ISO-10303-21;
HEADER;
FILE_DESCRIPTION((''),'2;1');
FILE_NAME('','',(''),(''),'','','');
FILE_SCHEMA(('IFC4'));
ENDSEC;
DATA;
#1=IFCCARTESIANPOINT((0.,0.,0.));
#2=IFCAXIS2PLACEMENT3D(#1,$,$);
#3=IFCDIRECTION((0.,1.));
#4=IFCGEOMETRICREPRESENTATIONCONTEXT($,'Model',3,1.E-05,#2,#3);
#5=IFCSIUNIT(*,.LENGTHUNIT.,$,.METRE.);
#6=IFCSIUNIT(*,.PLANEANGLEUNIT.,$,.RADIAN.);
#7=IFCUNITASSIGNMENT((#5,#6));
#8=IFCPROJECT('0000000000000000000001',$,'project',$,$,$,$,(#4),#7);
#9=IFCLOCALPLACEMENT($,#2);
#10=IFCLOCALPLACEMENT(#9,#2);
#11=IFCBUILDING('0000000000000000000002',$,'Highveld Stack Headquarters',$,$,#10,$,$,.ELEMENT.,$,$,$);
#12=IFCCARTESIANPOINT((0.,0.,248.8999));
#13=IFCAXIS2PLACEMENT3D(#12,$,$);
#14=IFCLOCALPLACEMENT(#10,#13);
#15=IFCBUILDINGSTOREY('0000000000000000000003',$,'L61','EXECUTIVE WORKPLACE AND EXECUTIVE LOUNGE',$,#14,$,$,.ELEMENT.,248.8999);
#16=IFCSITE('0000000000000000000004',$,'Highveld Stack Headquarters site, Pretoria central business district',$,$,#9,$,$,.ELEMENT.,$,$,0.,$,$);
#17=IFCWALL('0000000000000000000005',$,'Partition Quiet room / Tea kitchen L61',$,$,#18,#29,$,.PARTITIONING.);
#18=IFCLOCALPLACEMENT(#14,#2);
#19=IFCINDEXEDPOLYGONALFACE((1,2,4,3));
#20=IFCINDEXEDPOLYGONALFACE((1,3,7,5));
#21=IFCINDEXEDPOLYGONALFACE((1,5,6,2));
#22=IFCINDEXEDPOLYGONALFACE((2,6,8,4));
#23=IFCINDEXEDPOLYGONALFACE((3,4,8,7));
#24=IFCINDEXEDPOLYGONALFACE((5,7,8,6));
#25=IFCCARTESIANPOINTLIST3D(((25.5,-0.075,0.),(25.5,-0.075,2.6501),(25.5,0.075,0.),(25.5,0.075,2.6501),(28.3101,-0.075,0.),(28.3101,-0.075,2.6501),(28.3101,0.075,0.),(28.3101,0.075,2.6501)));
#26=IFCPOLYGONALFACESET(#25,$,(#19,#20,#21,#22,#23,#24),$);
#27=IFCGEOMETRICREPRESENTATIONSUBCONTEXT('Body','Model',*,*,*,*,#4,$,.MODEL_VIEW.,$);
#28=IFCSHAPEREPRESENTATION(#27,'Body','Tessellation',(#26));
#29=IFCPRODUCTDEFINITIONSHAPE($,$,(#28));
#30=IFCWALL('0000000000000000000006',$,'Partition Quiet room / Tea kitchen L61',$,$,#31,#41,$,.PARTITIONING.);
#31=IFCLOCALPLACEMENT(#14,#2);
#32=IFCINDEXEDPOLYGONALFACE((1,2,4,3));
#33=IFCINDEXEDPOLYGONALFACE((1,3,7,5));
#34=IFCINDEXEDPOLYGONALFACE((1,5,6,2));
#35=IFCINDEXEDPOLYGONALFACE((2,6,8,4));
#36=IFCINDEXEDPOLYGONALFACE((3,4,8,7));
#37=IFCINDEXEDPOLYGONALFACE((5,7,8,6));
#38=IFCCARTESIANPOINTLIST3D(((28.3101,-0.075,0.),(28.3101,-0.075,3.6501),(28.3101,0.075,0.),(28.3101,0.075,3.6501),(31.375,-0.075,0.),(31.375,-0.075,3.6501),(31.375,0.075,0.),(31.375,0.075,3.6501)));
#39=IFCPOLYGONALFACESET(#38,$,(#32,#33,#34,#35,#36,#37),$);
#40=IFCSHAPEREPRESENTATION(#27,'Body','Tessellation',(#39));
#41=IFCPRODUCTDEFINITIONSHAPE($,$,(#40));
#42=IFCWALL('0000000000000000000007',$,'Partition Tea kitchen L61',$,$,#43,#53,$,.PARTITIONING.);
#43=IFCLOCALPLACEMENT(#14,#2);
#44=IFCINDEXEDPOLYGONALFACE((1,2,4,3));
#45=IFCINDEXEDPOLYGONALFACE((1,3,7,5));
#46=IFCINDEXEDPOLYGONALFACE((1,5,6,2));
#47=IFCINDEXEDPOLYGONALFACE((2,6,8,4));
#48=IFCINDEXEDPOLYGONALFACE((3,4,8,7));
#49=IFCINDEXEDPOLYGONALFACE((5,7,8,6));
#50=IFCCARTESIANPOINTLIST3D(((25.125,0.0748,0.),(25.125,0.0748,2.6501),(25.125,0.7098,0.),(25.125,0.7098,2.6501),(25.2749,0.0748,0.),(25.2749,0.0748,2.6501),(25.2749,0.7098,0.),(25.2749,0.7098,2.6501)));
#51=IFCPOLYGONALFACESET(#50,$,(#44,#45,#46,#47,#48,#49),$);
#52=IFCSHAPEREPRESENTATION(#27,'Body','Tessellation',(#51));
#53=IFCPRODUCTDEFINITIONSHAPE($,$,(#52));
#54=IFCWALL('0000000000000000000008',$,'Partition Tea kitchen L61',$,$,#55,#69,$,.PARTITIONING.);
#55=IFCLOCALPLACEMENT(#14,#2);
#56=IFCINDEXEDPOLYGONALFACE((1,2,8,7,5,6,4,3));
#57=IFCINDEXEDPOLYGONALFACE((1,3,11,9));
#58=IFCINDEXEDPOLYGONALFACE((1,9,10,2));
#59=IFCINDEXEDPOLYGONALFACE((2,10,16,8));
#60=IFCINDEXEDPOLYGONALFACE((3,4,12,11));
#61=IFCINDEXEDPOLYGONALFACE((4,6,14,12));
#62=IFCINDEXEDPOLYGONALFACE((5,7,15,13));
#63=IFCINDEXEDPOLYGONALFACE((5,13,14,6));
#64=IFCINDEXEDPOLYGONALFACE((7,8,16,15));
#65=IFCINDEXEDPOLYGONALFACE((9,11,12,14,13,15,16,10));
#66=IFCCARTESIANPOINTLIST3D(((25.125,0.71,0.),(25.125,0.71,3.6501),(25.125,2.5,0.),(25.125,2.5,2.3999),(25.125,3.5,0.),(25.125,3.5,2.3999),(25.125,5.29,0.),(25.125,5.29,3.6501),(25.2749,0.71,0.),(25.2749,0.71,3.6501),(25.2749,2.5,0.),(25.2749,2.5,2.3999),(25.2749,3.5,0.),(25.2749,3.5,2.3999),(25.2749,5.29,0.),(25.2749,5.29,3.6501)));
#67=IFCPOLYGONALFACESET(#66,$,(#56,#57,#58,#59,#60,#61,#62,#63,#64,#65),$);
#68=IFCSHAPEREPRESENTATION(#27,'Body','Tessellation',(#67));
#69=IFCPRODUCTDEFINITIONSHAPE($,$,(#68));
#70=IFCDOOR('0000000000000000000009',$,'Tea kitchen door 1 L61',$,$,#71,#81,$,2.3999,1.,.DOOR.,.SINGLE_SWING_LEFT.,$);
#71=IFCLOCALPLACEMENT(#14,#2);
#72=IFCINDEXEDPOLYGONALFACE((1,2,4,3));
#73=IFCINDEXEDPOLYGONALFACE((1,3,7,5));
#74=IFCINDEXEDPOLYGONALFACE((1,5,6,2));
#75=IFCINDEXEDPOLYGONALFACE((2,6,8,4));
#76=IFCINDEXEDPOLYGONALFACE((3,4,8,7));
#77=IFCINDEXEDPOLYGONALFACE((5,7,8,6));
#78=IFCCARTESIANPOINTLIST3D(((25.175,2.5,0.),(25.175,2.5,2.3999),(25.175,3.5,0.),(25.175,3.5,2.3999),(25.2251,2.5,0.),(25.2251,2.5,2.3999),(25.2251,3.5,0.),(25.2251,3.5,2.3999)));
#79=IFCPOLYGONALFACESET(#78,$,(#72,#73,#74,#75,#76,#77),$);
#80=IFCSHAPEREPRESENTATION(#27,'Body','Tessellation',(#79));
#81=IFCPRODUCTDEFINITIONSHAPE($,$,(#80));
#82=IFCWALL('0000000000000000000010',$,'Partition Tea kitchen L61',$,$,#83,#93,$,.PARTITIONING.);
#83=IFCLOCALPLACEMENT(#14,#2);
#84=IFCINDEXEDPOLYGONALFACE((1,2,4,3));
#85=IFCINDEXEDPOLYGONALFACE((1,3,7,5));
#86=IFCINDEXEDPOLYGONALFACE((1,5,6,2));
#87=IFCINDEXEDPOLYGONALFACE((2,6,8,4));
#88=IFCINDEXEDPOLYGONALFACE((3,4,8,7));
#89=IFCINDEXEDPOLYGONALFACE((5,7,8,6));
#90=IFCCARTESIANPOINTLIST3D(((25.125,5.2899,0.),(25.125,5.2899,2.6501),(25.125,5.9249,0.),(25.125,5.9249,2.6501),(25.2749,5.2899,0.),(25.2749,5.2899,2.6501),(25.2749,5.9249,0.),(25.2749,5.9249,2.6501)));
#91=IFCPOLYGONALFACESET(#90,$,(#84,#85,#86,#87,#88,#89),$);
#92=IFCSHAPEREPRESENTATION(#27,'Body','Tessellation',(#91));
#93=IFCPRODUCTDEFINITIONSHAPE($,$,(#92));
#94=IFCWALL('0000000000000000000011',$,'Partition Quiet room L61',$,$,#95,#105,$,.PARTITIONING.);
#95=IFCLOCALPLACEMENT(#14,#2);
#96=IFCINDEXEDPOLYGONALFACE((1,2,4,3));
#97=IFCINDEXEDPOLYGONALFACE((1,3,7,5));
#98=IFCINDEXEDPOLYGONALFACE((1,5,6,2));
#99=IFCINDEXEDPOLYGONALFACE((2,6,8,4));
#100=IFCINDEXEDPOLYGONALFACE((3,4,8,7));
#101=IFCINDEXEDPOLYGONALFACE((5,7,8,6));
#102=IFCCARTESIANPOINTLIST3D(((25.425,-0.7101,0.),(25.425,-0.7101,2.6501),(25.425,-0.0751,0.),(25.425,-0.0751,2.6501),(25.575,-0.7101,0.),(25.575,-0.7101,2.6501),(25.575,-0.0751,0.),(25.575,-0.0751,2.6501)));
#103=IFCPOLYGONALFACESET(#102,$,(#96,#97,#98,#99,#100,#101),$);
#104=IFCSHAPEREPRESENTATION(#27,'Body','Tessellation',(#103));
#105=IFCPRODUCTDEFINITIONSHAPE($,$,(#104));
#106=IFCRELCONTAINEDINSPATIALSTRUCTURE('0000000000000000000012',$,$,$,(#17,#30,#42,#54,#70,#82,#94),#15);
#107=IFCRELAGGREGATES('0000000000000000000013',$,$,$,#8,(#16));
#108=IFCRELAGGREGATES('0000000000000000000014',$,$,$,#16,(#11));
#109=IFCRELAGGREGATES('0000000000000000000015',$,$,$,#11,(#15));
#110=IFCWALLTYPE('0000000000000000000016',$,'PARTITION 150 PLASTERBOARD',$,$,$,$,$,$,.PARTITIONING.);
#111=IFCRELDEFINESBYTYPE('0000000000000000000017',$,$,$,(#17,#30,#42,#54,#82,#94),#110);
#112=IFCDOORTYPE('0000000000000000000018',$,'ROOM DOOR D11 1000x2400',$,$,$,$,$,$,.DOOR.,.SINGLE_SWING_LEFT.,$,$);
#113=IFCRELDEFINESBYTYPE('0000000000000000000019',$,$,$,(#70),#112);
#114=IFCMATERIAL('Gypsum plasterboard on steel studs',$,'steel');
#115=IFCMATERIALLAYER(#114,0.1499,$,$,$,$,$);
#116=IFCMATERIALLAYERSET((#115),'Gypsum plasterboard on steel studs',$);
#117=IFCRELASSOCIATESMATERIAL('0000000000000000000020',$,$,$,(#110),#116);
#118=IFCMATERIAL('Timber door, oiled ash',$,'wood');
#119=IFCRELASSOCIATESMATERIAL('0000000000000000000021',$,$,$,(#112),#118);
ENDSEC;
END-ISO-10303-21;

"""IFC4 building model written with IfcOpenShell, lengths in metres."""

from ifc_helpers import new_model, si_unit, direction, frame, frame_2d, origin, place, context, subcontext, project, spatial, rectangle, extrude, material, layer, layer_set, type_object, element, fill, save


model = new_model("IFC4")

# Units and contexts
model_context = context("Model", 3, precision=1e-05, world=origin(), true_north=direction((0.0, 1.0)))
body_context = subcontext(model_context, "Body", "Model", "MODEL_VIEW")
ifc_project = project(units=[si_unit("LENGTHUNIT", "METRE"), si_unit("PLANEANGLEUNIT", "RADIAN")], contexts=[model_context])

# Site, building, storey
site_placement = place(None, origin())
site = spatial("IfcSite", under=ifc_project, at=site_placement, Name="Highveld Stack Headquarters site, Pretoria central business district", CompositionType="ELEMENT", RefElevation=0.0)
building_placement = place(site_placement, origin())
building = spatial("IfcBuilding", under=site, at=building_placement, Name="Highveld Stack Headquarters", CompositionType="ELEMENT")
storey_placement = place(building_placement, frame((0.0, 0.0, 248.8999)))
storey = spatial("IfcBuildingStorey", under=building, at=storey_placement, Name="L61", Description="EXECUTIVE WORKPLACE AND EXECUTIVE LOUNGE", CompositionType="ELEMENT", Elevation=248.8999)

# Walls
ifc_material_1 = material(Name="Gypsum plasterboard on steel studs", Category="steel")
ifc_layer_1 = layer(ifc_material_1, 0.1499)
ifc_layer_set_1 = layer_set([ifc_layer_1], Name="Gypsum plasterboard on steel studs")
wall_type = type_object("IfcWallType", Name="PARTITION 150 PLASTERBOARD", PredefinedType="PARTITIONING", material=ifc_layer_set_1)
wall_1_placement = place(storey_placement, frame((25.5, 0.0, 0.0), z_axis=(0.0, 0.0, 1.0), x_axis=(1.0, 0.0, 0.0)))
element("IfcWall", 1, at=wall_1_placement, inside=storey, type_object=wall_type, Name="Partition Quiet room / Tea kitchen L61", PredefinedType="PARTITIONING", context=body_context, shape_type="SweptSolid", body=[
    extrude(rectangle(XDim=2.8101, YDim=0.1499, at=frame_2d((1.405, 0.0))), origin(), (0.0, 0.0, 1.0), 2.6501),
])
wall_2_placement = place(storey_placement, frame((28.3101, 0.0, 0.0), z_axis=(0.0, 0.0, 1.0), x_axis=(1.0, 0.0, 0.0)))
element("IfcWall", 2, at=wall_2_placement, inside=storey, type_object=wall_type, Name="Partition Quiet room / Tea kitchen L61", PredefinedType="PARTITIONING", context=body_context, shape_type="SweptSolid", body=[
    extrude(rectangle(XDim=3.0649, YDim=0.1499, at=frame_2d((1.5325, 0.0))), origin(), (0.0, 0.0, 1.0), 3.6501),
])
wall_3_placement = place(storey_placement, frame((25.2, 0.075, 0.0), z_axis=(0.0, 0.0, 1.0), x_axis=(0.0, 1.0, 0.0)))
element("IfcWall", 3, at=wall_3_placement, inside=storey, type_object=wall_type, Name="Partition Tea kitchen L61", PredefinedType="PARTITIONING", context=body_context, shape_type="SweptSolid", body=[
    extrude(rectangle(XDim=0.635, YDim=0.1499, at=frame_2d((0.3174, 0.0))), origin(), (0.0, 0.0, 1.0), 2.6501),
])

# Wall, opening, door
wall_4_placement = place(storey_placement, frame((25.2, 0.71, 0.0), z_axis=(0.0, 0.0, 1.0), x_axis=(0.0, 1.0, 0.0)))
wall_4 = element("IfcWall", 4, at=wall_4_placement, inside=storey, type_object=wall_type, Name="Partition Tea kitchen L61", PredefinedType="PARTITIONING", context=body_context, shape_type="SweptSolid", body=[
    extrude(rectangle(XDim=4.5801, YDim=0.1499, at=frame_2d((2.29, 0.0))), origin(), (0.0, 0.0, 1.0), 3.6501),
])
opening_placement = place(wall_4_placement, frame((1.79, 0.0, 0.0)))
opening = element("IfcOpeningElement", 5, at=opening_placement, cuts=wall_4, PredefinedType="OPENING", context=body_context, shape_type="SweptSolid", body=[
    extrude(rectangle(XDim=1.0, YDim=2.3999, at=frame_2d((0.5, 1.2))), frame((0.0, 0.085, 0.0), z_axis=(0.0, -1.0, 0.0), x_axis=(1.0, 0.0, 0.0)), (0.0, 0.0, 1.0), 0.1699),
])
ifc_material_2 = material(Name="Timber door, oiled ash", Category="wood")
door_type = type_object("IfcDoorType", Name="ROOM DOOR D11 1000x2400", OperationType="SINGLE_SWING_LEFT", PredefinedType="DOOR", material=ifc_material_2)
door_placement = place(opening_placement, origin())
door = element("IfcDoor", 6, at=door_placement, inside=storey, type_object=door_type, Name="Tea kitchen door 1 L61", OperationType="SINGLE_SWING_LEFT", OverallHeight=2.3999, OverallWidth=1.0, PredefinedType="DOOR", context=body_context, shape_type="SweptSolid", body=[
    extrude(rectangle(XDim=1.0, YDim=2.3999, at=frame_2d((0.5, 1.2))), frame((0.0, 0.0249, 0.0), z_axis=(0.0, -1.0, 0.0), x_axis=(1.0, 0.0, 0.0)), (0.0, 0.0, 1.0), 0.05),
])
fill(opening, door)

# Walls
for number, where, z_axis, x_axis, name in (
    (7, (25.2, 5.29, 0.0), (0.0, 0.0, 1.0), (0.0, 1.0, 0.0), "Partition Tea kitchen L61"),
    (8, (25.5, -0.71, 0.0), (0.0, 0.0, 1.0), (0.0, 1.0, 0.0), "Partition Quiet room L61"),
):
    element("IfcWall", number, at=place(storey_placement, frame(where, z_axis=z_axis, x_axis=x_axis)), inside=storey, type_object=wall_type, Name=name, PredefinedType="PARTITIONING", context=body_context, shape_type="SweptSolid", body=[
        extrude(rectangle(XDim=0.635, YDim=0.1499, at=frame_2d((0.3174, 0.0))), origin(), (0.0, 0.0, 1.0), 2.6501),
    ])

save(model, "model.ifc")
